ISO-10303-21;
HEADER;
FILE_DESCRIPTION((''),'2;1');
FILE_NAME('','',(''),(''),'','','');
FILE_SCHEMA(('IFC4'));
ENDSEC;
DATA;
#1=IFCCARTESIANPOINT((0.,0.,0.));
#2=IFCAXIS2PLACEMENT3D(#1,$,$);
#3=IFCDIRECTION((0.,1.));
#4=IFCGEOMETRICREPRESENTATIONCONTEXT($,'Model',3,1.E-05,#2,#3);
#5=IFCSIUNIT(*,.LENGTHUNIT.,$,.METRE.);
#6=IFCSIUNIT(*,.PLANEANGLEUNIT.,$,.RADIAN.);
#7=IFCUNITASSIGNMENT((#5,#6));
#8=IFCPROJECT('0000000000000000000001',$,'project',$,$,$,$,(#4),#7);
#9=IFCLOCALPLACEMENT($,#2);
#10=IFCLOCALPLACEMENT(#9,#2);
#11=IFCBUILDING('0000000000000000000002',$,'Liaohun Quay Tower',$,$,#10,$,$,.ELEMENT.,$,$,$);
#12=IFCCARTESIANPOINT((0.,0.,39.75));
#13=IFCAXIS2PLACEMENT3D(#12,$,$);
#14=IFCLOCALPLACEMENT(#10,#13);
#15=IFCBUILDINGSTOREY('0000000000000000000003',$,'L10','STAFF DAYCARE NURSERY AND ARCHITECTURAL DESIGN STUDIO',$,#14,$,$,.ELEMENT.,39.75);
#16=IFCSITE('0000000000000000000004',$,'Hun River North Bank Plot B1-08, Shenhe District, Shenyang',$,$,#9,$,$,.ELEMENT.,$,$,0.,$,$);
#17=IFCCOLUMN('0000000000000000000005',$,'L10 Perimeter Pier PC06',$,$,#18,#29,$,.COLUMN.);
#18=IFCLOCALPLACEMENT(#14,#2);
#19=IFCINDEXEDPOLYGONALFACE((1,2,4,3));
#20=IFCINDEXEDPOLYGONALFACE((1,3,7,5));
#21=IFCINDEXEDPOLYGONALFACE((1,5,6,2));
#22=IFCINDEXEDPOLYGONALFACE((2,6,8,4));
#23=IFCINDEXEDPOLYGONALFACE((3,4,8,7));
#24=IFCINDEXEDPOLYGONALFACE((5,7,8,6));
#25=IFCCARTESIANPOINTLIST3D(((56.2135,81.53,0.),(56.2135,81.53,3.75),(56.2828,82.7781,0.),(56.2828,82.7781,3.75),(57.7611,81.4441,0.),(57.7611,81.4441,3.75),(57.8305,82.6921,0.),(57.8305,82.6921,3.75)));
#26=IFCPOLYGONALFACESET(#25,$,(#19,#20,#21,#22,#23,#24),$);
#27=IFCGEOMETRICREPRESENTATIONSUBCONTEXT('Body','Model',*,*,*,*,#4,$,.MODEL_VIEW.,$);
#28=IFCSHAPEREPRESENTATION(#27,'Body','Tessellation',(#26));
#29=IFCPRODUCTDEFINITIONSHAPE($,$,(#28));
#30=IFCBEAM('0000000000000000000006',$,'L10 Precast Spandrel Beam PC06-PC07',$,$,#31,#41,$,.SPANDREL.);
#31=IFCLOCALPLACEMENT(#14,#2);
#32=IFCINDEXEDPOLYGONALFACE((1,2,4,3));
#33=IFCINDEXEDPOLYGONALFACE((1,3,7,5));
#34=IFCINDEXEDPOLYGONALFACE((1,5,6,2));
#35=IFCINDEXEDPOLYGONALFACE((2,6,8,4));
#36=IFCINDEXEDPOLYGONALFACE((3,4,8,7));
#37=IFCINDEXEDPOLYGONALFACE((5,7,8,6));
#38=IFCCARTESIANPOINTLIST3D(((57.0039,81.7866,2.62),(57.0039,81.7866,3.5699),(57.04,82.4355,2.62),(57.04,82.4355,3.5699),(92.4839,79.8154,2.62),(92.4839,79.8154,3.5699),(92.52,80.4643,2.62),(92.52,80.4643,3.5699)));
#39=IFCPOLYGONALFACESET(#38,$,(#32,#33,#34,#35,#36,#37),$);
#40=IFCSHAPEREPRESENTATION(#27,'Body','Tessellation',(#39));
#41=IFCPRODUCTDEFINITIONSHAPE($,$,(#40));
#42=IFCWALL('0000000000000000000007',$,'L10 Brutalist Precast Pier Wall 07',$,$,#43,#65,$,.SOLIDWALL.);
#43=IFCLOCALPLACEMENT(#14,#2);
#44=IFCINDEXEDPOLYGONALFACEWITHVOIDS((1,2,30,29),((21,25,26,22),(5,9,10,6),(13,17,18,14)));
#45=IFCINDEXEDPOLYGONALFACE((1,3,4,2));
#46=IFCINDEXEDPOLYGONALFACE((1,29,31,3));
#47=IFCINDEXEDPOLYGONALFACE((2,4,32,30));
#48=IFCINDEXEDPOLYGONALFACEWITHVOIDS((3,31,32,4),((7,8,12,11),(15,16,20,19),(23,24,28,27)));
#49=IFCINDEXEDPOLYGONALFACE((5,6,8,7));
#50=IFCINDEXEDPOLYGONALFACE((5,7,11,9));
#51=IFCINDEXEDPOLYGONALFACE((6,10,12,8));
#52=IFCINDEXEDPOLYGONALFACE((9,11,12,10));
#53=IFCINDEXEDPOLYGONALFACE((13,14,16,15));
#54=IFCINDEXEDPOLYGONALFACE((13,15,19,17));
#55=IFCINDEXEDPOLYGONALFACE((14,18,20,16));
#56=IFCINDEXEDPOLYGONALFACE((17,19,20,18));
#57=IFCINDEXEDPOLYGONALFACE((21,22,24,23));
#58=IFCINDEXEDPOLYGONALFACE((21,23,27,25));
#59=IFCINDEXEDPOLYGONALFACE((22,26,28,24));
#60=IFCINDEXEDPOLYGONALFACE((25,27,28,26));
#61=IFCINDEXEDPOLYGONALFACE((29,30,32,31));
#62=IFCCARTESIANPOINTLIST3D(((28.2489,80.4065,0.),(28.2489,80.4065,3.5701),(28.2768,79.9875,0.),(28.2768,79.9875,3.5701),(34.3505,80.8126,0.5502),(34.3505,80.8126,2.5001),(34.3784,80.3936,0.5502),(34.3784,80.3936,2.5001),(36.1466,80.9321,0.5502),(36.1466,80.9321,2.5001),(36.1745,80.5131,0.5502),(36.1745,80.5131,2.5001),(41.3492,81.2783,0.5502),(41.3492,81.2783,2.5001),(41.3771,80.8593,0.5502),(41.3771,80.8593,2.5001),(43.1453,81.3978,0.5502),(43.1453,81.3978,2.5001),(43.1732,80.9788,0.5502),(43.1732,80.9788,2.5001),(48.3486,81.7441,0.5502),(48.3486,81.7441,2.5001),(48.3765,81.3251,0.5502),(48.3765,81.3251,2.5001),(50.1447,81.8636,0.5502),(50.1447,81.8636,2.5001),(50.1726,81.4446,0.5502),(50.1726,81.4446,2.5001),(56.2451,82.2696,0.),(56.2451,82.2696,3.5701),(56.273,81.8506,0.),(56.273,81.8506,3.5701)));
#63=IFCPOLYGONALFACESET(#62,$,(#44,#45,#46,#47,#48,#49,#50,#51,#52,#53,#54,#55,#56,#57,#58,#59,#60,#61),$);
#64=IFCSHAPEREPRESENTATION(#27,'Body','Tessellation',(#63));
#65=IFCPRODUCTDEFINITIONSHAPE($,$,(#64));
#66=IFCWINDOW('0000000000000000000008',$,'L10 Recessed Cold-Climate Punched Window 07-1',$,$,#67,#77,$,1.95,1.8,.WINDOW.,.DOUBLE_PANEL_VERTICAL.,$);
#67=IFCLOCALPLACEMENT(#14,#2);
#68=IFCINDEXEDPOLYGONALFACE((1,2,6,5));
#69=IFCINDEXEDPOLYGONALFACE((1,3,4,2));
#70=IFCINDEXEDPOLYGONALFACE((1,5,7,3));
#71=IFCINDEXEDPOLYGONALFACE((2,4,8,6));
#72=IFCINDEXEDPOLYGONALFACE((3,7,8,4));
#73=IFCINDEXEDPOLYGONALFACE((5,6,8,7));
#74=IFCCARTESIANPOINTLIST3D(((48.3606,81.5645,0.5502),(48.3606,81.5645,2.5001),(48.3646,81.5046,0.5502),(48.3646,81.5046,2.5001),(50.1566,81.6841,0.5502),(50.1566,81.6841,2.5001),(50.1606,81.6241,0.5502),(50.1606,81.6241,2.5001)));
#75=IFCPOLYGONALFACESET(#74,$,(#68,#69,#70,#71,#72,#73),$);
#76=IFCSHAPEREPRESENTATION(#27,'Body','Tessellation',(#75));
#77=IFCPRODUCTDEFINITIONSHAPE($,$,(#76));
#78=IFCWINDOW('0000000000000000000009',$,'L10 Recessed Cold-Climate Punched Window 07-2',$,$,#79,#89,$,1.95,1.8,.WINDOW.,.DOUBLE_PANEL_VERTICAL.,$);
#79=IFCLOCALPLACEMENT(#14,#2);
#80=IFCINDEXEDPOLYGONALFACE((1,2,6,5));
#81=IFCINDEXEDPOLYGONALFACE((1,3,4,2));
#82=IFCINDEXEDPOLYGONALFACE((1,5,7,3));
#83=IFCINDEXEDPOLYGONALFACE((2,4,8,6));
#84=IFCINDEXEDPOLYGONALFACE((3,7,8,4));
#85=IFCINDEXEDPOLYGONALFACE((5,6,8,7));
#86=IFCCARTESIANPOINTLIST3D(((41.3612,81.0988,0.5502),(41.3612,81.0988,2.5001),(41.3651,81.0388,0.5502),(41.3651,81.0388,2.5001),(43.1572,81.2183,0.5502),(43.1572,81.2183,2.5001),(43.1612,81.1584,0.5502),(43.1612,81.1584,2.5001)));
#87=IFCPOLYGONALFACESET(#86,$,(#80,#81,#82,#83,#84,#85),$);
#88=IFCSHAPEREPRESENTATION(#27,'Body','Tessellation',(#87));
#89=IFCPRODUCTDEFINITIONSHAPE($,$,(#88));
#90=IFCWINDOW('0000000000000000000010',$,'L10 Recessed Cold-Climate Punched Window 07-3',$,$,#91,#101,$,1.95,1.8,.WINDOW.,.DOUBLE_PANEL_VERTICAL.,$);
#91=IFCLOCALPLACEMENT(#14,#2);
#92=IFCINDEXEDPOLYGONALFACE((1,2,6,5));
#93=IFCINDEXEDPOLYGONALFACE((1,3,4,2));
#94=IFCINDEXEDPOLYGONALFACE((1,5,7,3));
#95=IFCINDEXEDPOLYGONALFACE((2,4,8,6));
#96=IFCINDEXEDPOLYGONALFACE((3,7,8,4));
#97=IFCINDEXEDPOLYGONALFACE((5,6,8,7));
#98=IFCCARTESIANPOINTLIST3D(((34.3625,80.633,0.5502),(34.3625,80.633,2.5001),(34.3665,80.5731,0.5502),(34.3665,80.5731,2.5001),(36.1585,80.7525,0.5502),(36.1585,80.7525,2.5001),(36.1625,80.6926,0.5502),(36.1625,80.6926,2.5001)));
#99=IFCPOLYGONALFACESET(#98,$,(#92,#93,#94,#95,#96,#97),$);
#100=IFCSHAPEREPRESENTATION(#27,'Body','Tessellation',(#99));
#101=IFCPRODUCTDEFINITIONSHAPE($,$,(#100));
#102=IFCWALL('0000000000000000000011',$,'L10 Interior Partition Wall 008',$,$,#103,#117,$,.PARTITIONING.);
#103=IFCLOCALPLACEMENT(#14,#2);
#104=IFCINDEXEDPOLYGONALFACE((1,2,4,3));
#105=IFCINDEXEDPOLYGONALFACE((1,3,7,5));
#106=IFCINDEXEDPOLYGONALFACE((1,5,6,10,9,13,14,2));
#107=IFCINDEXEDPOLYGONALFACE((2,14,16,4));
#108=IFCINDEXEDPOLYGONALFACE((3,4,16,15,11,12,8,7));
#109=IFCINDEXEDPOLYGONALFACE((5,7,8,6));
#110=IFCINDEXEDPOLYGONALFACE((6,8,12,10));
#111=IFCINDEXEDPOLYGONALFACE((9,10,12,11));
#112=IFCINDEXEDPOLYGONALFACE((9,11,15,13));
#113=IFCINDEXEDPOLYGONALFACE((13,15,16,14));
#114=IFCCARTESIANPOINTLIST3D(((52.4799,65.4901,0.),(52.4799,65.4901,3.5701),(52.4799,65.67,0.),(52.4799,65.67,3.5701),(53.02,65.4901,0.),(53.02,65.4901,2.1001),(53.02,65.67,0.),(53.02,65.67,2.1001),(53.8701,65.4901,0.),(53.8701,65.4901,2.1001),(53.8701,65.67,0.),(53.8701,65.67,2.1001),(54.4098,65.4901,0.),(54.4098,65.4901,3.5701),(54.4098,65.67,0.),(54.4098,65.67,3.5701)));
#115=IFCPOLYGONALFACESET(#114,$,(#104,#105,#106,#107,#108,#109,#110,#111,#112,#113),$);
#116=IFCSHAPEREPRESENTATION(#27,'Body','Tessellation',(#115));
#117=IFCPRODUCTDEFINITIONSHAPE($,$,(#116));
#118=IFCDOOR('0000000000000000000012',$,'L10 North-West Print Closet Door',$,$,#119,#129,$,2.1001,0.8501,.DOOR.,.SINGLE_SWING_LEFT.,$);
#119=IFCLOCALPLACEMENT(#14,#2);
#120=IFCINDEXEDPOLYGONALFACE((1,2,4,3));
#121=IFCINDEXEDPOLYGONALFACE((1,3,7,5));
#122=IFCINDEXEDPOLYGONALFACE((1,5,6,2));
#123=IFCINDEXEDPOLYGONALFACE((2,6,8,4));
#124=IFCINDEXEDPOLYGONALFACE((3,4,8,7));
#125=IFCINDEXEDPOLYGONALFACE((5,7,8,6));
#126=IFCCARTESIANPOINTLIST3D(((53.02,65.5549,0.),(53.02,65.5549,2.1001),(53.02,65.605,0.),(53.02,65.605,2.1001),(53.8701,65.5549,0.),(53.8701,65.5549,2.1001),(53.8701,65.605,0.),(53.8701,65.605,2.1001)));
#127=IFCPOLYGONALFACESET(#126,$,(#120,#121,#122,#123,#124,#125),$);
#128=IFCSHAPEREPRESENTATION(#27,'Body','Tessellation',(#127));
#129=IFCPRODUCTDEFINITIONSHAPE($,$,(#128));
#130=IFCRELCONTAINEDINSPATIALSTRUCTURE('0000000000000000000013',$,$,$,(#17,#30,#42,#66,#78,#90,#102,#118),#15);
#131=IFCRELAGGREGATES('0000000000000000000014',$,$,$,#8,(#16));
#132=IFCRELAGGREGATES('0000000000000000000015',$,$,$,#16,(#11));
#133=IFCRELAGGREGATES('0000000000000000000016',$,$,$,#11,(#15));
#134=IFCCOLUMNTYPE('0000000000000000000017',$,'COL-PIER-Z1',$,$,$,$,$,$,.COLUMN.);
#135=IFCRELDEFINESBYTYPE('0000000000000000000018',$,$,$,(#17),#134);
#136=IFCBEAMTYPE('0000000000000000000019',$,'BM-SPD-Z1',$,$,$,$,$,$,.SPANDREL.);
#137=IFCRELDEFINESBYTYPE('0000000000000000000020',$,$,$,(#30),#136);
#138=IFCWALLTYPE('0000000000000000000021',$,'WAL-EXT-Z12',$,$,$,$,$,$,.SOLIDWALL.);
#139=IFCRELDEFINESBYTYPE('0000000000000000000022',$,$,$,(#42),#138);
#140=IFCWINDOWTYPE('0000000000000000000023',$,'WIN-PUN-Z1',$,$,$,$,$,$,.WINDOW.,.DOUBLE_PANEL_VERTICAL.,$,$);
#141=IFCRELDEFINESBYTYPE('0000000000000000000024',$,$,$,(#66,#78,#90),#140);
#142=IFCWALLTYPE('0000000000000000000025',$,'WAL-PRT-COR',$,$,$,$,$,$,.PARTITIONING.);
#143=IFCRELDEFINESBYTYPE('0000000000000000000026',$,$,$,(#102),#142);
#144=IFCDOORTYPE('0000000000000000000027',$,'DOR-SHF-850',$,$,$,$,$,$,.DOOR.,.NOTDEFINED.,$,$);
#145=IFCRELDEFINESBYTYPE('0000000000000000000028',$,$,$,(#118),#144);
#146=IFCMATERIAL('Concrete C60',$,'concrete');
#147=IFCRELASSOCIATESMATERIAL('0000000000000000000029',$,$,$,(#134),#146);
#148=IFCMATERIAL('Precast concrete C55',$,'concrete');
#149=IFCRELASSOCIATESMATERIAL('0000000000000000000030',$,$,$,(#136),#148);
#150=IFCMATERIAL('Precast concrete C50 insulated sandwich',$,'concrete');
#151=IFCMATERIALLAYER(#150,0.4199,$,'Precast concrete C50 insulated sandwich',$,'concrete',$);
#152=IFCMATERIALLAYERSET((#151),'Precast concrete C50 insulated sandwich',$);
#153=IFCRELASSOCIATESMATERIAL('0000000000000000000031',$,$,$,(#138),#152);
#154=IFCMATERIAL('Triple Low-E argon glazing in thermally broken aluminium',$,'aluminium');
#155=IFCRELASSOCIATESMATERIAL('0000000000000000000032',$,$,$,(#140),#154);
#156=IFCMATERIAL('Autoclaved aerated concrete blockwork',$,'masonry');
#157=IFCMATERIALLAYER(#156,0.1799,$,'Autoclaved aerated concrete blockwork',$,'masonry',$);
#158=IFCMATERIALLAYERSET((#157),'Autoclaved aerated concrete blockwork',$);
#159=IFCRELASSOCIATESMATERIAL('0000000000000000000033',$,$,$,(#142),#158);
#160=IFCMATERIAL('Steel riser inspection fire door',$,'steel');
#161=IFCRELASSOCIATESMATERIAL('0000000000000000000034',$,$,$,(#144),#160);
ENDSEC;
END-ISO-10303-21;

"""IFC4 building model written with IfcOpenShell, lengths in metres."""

from ifc_helpers import new_model, si_unit, direction, frame, frame_2d, origin, origin_2d, place, context, subcontext, project, spatial, rectangle, extrude, source, transform, mapped, material, layer, layer_set, material_profile, profile_set, type_object, element, fill, save


model = new_model("IFC4")

# Units and contexts
model_context = context("Model", 3, precision=1e-05, world=origin(), true_north=direction((0.0, 1.0)))
body_context = subcontext(model_context, "Body", "Model", "MODEL_VIEW")
ifc_project = project(units=[si_unit("LENGTHUNIT", "METRE"), si_unit("PLANEANGLEUNIT", "RADIAN")], contexts=[model_context])

# Site, building, storey
site_placement = place(None, origin())
site = spatial("IfcSite", under=ifc_project, at=site_placement, Name="Hun River North Bank Plot B1-08, Shenhe District, Shenyang", CompositionType="ELEMENT", RefElevation=0.0)
building_placement = place(site_placement, origin())
building = spatial("IfcBuilding", under=site, at=building_placement, Name="Liaohun Quay Tower", CompositionType="ELEMENT")
storey_placement = place(building_placement, frame((0.0, 0.0, 39.75)))
storey = spatial("IfcBuildingStorey", under=building, at=storey_placement, Name="L10", Description="STAFF DAYCARE NURSERY AND ARCHITECTURAL DESIGN STUDIO", CompositionType="ELEMENT", Elevation=39.75)

# Column
ifc_material_1 = material(Name="Concrete C60", Category="concrete")
ifc_material_profile_1 = material_profile(ifc_material_1, rectangle(XDim=1.55, YDim=1.25, at=origin_2d()), Name="RC1550x1250")
ifc_profile_set_1 = profile_set([ifc_material_profile_1], Name="Concrete C60")
column_type = type_object("IfcColumnType", Name="COL-PIER-Z1", PredefinedType="COLUMN", material=ifc_profile_set_1)
shared_shape_1 = source(origin(), body_context, "Body", "SweptSolid", [
    extrude(rectangle(XDim=1.55, YDim=1.25, at=origin_2d()), origin(), (0.0, 0.0, 1.0), 3.75),
])
column_placement = place(storey_placement, frame((57.022, 82.1111, 0.0), z_axis=(0.0, 0.0, 1.0), x_axis=(-0.99846, 0.055473, 0.0)))
element("IfcColumn", 1, at=column_placement, inside=storey, type_object=column_type, Name="L10 Perimeter Pier PC06", PredefinedType="COLUMN", context=body_context, shape_type="MappedRepresentation", body=[
    mapped(shared_shape_1, transform((0.0, 0.0, 0.0), x_axis=(1.0, 0.0, 0.0), y_axis=(0.0, 1.0, 0.0), z_axis=(0.0, 0.0, 1.0), scale=1.0)),
])

# Beam
ifc_material_2 = material(Name="Precast concrete C55", Category="concrete")
ifc_material_profile_2 = material_profile(ifc_material_2, rectangle(XDim=0.6499, YDim=0.95, at=origin_2d()), Name="RC650x950")
ifc_profile_set_2 = profile_set([ifc_material_profile_2], Name="Precast concrete C55")
beam_type = type_object("IfcBeamType", Name="BM-SPD-Z1", PredefinedType="SPANDREL", material=ifc_profile_set_2)
shared_shape_2 = source(origin(), body_context, "Body", "SweptSolid", [
    extrude(rectangle(XDim=0.6499, YDim=0.95, at=origin_2d()), origin(), (0.0, 0.0, 1.0), 35.5347),
])
beam_placement = place(storey_placement, frame((57.022, 82.1111, 3.095), z_axis=(0.99846, -0.055472, 0.0), x_axis=(0.055472, 0.99846, 0.0)))
element("IfcBeam", 2, at=beam_placement, inside=storey, type_object=beam_type, Name="L10 Precast Spandrel Beam PC06-PC07", PredefinedType="SPANDREL", context=body_context, shape_type="MappedRepresentation", body=[
    mapped(shared_shape_2, transform((0.0, 0.0, 0.0), x_axis=(1.0, 0.0, 0.0), y_axis=(0.0, 1.0, 0.0), z_axis=(0.0, 0.0, 1.0), scale=1.0)),
])

# Wall, openings, windows
ifc_material_3 = material(Name="Precast concrete C50 insulated sandwich", Category="concrete")
ifc_layer_1 = layer(ifc_material_3, 0.4199, Name="Precast concrete C50 insulated sandwich", Category="concrete")
ifc_layer_set_1 = layer_set([ifc_layer_1], Name="Precast concrete C50 insulated sandwich")
wall_type_1 = type_object("IfcWallType", Name="WAL-EXT-Z12", PredefinedType="SOLIDWALL", material=ifc_layer_set_1)
wall_1_placement = place(storey_placement, frame((56.259, 82.0601, 0.0), z_axis=(0.0, 0.0, 1.0), x_axis=(-0.997793, -0.066399, 0.0)))
wall_1 = element("IfcWall", 3, at=wall_1_placement, inside=storey, type_object=wall_type_1, Name="L10 Brutalist Precast Pier Wall 07", PredefinedType="SOLIDWALL", context=body_context, shape_type="SweptSolid", body=[
    extrude(rectangle(XDim=28.0581, YDim=0.4199, at=frame_2d((14.0291, 0.0))), origin(), (0.0, 0.0, 1.0), 3.5701),
])
shared_shape_3 = source(origin(), body_context, "Body", "SweptSolid", [
    extrude(rectangle(XDim=1.8, YDim=1.95, at=frame_2d((0.8999, 0.9751))), frame((0.0, 0.22, 0.0), z_axis=(0.0, -1.0, 0.0), x_axis=(1.0, 0.0, 0.0)), (0.0, 0.0, 1.0), 0.4399),
])
opening_1_placement = place(wall_1_placement, frame((6.114, 0.0, 0.55)))
opening_1 = element("IfcOpeningElement", 4, at=opening_1_placement, cuts=wall_1, PredefinedType="OPENING", context=body_context, shape_type="MappedRepresentation", body=[
    mapped(shared_shape_3, transform((0.0, 0.0, 0.0), x_axis=(1.0, 0.0, 0.0), y_axis=(0.0, 1.0, 0.0), z_axis=(0.0, 0.0, 1.0), scale=1.0)),
])
opening_2_placement = place(wall_1_placement, frame((13.1289, 0.0, 0.55)))
opening_2 = element("IfcOpeningElement", 5, at=opening_2_placement, cuts=wall_1, PredefinedType="OPENING", context=body_context, shape_type="MappedRepresentation", body=[
    mapped(shared_shape_3, transform((0.0, 0.0, 0.0), x_axis=(1.0, 0.0, 0.0), y_axis=(0.0, 1.0, 0.0), z_axis=(0.0, 0.0, 1.0), scale=1.0)),
])
opening_3_placement = place(wall_1_placement, frame((20.1431, 0.0, 0.55)))
opening_3 = element("IfcOpeningElement", 6, at=opening_3_placement, cuts=wall_1, PredefinedType="OPENING", context=body_context, shape_type="MappedRepresentation", body=[
    mapped(shared_shape_3, transform((0.0, 0.0, 0.0), x_axis=(1.0, 0.0, 0.0), y_axis=(0.0, 1.0, 0.0), z_axis=(0.0, 0.0, 1.0), scale=1.0)),
])
ifc_material_4 = material(Name="Triple Low-E argon glazing in thermally broken aluminium", Category="aluminium")
window_type = type_object("IfcWindowType", Name="WIN-PUN-Z1", PartitioningType="DOUBLE_PANEL_VERTICAL", PredefinedType="WINDOW", material=ifc_material_4)
shared_shape_4 = source(origin(), body_context, "Body", "SweptSolid", [
    extrude(rectangle(XDim=1.8, YDim=1.95, at=frame_2d((0.8999, 0.9751))), frame((0.0, 0.03, 0.0), z_axis=(0.0, -1.0, 0.0), x_axis=(1.0, 0.0, 0.0)), (0.0, 0.0, 1.0), 0.0601),
])
window_1_placement = place(opening_1_placement, origin())
window_1 = element("IfcWindow", 7, at=window_1_placement, inside=storey, type_object=window_type, Name="L10 Recessed Cold-Climate Punched Window 07-1", OverallHeight=1.95, OverallWidth=1.8, PartitioningType="DOUBLE_PANEL_VERTICAL", PredefinedType="WINDOW", context=body_context, shape_type="MappedRepresentation", body=[
    mapped(shared_shape_4, transform((0.0, 0.0, 0.0), x_axis=(1.0, 0.0, 0.0), y_axis=(0.0, 1.0, 0.0), z_axis=(0.0, 0.0, 1.0), scale=1.0)),
])
fill(opening_1, window_1)
window_2_placement = place(opening_2_placement, origin())
window_2 = element("IfcWindow", 8, at=window_2_placement, inside=storey, type_object=window_type, Name="L10 Recessed Cold-Climate Punched Window 07-2", OverallHeight=1.95, OverallWidth=1.8, PartitioningType="DOUBLE_PANEL_VERTICAL", PredefinedType="WINDOW", context=body_context, shape_type="MappedRepresentation", body=[
    mapped(shared_shape_4, transform((0.0, 0.0, 0.0), x_axis=(1.0, 0.0, 0.0), y_axis=(0.0, 1.0, 0.0), z_axis=(0.0, 0.0, 1.0), scale=1.0)),
])
fill(opening_2, window_2)
window_3_placement = place(opening_3_placement, origin())
window_3 = element("IfcWindow", 9, at=window_3_placement, inside=storey, type_object=window_type, Name="L10 Recessed Cold-Climate Punched Window 07-3", OverallHeight=1.95, OverallWidth=1.8, PartitioningType="DOUBLE_PANEL_VERTICAL", PredefinedType="WINDOW", context=body_context, shape_type="MappedRepresentation", body=[
    mapped(shared_shape_4, transform((0.0, 0.0, 0.0), x_axis=(1.0, 0.0, 0.0), y_axis=(0.0, 1.0, 0.0), z_axis=(0.0, 0.0, 1.0), scale=1.0)),
])
fill(opening_3, window_3)

# Wall, opening, door
ifc_material_5 = material(Name="Autoclaved aerated concrete blockwork", Category="masonry")
ifc_layer_2 = layer(ifc_material_5, 0.1799, Name="Autoclaved aerated concrete blockwork", Category="masonry")
ifc_layer_set_2 = layer_set([ifc_layer_2], Name="Autoclaved aerated concrete blockwork")
wall_type_2 = type_object("IfcWallType", Name="WAL-PRT-COR", PredefinedType="PARTITIONING", material=ifc_layer_set_2)
wall_2_placement = place(storey_placement, frame((52.48, 65.5801, 0.0), z_axis=(0.0, 0.0, 1.0), x_axis=(1.0, 0.0, 0.0)))
wall_2 = element("IfcWall", 10, at=wall_2_placement, inside=storey, type_object=wall_type_2, Name="L10 Interior Partition Wall 008", PredefinedType="PARTITIONING", context=body_context, shape_type="SweptSolid", body=[
    extrude(rectangle(XDim=1.9299, YDim=0.1799, at=frame_2d((0.9648, 0.0))), origin(), (0.0, 0.0, 1.0), 3.5701),
])
shared_shape_5 = source(origin(), body_context, "Body", "SweptSolid", [
    extrude(rectangle(XDim=0.8501, YDim=2.1001, at=frame_2d((0.425, 1.05))), frame((0.0, 0.0999, 0.0), z_axis=(0.0, -1.0, 0.0), x_axis=(1.0, 0.0, 0.0)), (0.0, 0.0, 1.0), 0.2),
])
opening_4_placement = place(wall_2_placement, frame((0.54, 0.0, 0.0)))
opening_4 = element("IfcOpeningElement", 11, at=opening_4_placement, cuts=wall_2, PredefinedType="OPENING", context=body_context, shape_type="MappedRepresentation", body=[
    mapped(shared_shape_5, transform((0.0, 0.0, 0.0), x_axis=(1.0, 0.0, 0.0), y_axis=(0.0, 1.0, 0.0), z_axis=(0.0, 0.0, 1.0), scale=1.0)),
])
ifc_material_6 = material(Name="Steel riser inspection fire door", Category="steel")
door_type_1 = type_object("IfcDoorType", Name="DOR-SHF-850", OperationType="NOTDEFINED", PredefinedType="DOOR", material=ifc_material_6)
shared_shape_6 = source(origin(), body_context, "Body", "SweptSolid", [
    extrude(rectangle(XDim=0.8501, YDim=2.1001, at=frame_2d((0.425, 1.05))), frame((0.0, 0.0249, 0.0), z_axis=(0.0, -1.0, 0.0), x_axis=(1.0, 0.0, 0.0)), (0.0, 0.0, 1.0), 0.05),
])
door_1_placement = place(opening_4_placement, origin())
door_1 = element("IfcDoor", 12, at=door_1_placement, inside=storey, type_object=door_type_1, Name="L10 North-West Print Closet Door", OperationType="SINGLE_SWING_LEFT", OverallHeight=2.1001, OverallWidth=0.8501, PredefinedType="DOOR", context=body_context, shape_type="MappedRepresentation", body=[
    mapped(shared_shape_6, transform((0.0, 0.0, 0.0), x_axis=(1.0, 0.0, 0.0), y_axis=(0.0, 1.0, 0.0), z_axis=(0.0, 0.0, 1.0), scale=1.0)),
])
fill(opening_4, door_1)

save(model, "model.ifc")
